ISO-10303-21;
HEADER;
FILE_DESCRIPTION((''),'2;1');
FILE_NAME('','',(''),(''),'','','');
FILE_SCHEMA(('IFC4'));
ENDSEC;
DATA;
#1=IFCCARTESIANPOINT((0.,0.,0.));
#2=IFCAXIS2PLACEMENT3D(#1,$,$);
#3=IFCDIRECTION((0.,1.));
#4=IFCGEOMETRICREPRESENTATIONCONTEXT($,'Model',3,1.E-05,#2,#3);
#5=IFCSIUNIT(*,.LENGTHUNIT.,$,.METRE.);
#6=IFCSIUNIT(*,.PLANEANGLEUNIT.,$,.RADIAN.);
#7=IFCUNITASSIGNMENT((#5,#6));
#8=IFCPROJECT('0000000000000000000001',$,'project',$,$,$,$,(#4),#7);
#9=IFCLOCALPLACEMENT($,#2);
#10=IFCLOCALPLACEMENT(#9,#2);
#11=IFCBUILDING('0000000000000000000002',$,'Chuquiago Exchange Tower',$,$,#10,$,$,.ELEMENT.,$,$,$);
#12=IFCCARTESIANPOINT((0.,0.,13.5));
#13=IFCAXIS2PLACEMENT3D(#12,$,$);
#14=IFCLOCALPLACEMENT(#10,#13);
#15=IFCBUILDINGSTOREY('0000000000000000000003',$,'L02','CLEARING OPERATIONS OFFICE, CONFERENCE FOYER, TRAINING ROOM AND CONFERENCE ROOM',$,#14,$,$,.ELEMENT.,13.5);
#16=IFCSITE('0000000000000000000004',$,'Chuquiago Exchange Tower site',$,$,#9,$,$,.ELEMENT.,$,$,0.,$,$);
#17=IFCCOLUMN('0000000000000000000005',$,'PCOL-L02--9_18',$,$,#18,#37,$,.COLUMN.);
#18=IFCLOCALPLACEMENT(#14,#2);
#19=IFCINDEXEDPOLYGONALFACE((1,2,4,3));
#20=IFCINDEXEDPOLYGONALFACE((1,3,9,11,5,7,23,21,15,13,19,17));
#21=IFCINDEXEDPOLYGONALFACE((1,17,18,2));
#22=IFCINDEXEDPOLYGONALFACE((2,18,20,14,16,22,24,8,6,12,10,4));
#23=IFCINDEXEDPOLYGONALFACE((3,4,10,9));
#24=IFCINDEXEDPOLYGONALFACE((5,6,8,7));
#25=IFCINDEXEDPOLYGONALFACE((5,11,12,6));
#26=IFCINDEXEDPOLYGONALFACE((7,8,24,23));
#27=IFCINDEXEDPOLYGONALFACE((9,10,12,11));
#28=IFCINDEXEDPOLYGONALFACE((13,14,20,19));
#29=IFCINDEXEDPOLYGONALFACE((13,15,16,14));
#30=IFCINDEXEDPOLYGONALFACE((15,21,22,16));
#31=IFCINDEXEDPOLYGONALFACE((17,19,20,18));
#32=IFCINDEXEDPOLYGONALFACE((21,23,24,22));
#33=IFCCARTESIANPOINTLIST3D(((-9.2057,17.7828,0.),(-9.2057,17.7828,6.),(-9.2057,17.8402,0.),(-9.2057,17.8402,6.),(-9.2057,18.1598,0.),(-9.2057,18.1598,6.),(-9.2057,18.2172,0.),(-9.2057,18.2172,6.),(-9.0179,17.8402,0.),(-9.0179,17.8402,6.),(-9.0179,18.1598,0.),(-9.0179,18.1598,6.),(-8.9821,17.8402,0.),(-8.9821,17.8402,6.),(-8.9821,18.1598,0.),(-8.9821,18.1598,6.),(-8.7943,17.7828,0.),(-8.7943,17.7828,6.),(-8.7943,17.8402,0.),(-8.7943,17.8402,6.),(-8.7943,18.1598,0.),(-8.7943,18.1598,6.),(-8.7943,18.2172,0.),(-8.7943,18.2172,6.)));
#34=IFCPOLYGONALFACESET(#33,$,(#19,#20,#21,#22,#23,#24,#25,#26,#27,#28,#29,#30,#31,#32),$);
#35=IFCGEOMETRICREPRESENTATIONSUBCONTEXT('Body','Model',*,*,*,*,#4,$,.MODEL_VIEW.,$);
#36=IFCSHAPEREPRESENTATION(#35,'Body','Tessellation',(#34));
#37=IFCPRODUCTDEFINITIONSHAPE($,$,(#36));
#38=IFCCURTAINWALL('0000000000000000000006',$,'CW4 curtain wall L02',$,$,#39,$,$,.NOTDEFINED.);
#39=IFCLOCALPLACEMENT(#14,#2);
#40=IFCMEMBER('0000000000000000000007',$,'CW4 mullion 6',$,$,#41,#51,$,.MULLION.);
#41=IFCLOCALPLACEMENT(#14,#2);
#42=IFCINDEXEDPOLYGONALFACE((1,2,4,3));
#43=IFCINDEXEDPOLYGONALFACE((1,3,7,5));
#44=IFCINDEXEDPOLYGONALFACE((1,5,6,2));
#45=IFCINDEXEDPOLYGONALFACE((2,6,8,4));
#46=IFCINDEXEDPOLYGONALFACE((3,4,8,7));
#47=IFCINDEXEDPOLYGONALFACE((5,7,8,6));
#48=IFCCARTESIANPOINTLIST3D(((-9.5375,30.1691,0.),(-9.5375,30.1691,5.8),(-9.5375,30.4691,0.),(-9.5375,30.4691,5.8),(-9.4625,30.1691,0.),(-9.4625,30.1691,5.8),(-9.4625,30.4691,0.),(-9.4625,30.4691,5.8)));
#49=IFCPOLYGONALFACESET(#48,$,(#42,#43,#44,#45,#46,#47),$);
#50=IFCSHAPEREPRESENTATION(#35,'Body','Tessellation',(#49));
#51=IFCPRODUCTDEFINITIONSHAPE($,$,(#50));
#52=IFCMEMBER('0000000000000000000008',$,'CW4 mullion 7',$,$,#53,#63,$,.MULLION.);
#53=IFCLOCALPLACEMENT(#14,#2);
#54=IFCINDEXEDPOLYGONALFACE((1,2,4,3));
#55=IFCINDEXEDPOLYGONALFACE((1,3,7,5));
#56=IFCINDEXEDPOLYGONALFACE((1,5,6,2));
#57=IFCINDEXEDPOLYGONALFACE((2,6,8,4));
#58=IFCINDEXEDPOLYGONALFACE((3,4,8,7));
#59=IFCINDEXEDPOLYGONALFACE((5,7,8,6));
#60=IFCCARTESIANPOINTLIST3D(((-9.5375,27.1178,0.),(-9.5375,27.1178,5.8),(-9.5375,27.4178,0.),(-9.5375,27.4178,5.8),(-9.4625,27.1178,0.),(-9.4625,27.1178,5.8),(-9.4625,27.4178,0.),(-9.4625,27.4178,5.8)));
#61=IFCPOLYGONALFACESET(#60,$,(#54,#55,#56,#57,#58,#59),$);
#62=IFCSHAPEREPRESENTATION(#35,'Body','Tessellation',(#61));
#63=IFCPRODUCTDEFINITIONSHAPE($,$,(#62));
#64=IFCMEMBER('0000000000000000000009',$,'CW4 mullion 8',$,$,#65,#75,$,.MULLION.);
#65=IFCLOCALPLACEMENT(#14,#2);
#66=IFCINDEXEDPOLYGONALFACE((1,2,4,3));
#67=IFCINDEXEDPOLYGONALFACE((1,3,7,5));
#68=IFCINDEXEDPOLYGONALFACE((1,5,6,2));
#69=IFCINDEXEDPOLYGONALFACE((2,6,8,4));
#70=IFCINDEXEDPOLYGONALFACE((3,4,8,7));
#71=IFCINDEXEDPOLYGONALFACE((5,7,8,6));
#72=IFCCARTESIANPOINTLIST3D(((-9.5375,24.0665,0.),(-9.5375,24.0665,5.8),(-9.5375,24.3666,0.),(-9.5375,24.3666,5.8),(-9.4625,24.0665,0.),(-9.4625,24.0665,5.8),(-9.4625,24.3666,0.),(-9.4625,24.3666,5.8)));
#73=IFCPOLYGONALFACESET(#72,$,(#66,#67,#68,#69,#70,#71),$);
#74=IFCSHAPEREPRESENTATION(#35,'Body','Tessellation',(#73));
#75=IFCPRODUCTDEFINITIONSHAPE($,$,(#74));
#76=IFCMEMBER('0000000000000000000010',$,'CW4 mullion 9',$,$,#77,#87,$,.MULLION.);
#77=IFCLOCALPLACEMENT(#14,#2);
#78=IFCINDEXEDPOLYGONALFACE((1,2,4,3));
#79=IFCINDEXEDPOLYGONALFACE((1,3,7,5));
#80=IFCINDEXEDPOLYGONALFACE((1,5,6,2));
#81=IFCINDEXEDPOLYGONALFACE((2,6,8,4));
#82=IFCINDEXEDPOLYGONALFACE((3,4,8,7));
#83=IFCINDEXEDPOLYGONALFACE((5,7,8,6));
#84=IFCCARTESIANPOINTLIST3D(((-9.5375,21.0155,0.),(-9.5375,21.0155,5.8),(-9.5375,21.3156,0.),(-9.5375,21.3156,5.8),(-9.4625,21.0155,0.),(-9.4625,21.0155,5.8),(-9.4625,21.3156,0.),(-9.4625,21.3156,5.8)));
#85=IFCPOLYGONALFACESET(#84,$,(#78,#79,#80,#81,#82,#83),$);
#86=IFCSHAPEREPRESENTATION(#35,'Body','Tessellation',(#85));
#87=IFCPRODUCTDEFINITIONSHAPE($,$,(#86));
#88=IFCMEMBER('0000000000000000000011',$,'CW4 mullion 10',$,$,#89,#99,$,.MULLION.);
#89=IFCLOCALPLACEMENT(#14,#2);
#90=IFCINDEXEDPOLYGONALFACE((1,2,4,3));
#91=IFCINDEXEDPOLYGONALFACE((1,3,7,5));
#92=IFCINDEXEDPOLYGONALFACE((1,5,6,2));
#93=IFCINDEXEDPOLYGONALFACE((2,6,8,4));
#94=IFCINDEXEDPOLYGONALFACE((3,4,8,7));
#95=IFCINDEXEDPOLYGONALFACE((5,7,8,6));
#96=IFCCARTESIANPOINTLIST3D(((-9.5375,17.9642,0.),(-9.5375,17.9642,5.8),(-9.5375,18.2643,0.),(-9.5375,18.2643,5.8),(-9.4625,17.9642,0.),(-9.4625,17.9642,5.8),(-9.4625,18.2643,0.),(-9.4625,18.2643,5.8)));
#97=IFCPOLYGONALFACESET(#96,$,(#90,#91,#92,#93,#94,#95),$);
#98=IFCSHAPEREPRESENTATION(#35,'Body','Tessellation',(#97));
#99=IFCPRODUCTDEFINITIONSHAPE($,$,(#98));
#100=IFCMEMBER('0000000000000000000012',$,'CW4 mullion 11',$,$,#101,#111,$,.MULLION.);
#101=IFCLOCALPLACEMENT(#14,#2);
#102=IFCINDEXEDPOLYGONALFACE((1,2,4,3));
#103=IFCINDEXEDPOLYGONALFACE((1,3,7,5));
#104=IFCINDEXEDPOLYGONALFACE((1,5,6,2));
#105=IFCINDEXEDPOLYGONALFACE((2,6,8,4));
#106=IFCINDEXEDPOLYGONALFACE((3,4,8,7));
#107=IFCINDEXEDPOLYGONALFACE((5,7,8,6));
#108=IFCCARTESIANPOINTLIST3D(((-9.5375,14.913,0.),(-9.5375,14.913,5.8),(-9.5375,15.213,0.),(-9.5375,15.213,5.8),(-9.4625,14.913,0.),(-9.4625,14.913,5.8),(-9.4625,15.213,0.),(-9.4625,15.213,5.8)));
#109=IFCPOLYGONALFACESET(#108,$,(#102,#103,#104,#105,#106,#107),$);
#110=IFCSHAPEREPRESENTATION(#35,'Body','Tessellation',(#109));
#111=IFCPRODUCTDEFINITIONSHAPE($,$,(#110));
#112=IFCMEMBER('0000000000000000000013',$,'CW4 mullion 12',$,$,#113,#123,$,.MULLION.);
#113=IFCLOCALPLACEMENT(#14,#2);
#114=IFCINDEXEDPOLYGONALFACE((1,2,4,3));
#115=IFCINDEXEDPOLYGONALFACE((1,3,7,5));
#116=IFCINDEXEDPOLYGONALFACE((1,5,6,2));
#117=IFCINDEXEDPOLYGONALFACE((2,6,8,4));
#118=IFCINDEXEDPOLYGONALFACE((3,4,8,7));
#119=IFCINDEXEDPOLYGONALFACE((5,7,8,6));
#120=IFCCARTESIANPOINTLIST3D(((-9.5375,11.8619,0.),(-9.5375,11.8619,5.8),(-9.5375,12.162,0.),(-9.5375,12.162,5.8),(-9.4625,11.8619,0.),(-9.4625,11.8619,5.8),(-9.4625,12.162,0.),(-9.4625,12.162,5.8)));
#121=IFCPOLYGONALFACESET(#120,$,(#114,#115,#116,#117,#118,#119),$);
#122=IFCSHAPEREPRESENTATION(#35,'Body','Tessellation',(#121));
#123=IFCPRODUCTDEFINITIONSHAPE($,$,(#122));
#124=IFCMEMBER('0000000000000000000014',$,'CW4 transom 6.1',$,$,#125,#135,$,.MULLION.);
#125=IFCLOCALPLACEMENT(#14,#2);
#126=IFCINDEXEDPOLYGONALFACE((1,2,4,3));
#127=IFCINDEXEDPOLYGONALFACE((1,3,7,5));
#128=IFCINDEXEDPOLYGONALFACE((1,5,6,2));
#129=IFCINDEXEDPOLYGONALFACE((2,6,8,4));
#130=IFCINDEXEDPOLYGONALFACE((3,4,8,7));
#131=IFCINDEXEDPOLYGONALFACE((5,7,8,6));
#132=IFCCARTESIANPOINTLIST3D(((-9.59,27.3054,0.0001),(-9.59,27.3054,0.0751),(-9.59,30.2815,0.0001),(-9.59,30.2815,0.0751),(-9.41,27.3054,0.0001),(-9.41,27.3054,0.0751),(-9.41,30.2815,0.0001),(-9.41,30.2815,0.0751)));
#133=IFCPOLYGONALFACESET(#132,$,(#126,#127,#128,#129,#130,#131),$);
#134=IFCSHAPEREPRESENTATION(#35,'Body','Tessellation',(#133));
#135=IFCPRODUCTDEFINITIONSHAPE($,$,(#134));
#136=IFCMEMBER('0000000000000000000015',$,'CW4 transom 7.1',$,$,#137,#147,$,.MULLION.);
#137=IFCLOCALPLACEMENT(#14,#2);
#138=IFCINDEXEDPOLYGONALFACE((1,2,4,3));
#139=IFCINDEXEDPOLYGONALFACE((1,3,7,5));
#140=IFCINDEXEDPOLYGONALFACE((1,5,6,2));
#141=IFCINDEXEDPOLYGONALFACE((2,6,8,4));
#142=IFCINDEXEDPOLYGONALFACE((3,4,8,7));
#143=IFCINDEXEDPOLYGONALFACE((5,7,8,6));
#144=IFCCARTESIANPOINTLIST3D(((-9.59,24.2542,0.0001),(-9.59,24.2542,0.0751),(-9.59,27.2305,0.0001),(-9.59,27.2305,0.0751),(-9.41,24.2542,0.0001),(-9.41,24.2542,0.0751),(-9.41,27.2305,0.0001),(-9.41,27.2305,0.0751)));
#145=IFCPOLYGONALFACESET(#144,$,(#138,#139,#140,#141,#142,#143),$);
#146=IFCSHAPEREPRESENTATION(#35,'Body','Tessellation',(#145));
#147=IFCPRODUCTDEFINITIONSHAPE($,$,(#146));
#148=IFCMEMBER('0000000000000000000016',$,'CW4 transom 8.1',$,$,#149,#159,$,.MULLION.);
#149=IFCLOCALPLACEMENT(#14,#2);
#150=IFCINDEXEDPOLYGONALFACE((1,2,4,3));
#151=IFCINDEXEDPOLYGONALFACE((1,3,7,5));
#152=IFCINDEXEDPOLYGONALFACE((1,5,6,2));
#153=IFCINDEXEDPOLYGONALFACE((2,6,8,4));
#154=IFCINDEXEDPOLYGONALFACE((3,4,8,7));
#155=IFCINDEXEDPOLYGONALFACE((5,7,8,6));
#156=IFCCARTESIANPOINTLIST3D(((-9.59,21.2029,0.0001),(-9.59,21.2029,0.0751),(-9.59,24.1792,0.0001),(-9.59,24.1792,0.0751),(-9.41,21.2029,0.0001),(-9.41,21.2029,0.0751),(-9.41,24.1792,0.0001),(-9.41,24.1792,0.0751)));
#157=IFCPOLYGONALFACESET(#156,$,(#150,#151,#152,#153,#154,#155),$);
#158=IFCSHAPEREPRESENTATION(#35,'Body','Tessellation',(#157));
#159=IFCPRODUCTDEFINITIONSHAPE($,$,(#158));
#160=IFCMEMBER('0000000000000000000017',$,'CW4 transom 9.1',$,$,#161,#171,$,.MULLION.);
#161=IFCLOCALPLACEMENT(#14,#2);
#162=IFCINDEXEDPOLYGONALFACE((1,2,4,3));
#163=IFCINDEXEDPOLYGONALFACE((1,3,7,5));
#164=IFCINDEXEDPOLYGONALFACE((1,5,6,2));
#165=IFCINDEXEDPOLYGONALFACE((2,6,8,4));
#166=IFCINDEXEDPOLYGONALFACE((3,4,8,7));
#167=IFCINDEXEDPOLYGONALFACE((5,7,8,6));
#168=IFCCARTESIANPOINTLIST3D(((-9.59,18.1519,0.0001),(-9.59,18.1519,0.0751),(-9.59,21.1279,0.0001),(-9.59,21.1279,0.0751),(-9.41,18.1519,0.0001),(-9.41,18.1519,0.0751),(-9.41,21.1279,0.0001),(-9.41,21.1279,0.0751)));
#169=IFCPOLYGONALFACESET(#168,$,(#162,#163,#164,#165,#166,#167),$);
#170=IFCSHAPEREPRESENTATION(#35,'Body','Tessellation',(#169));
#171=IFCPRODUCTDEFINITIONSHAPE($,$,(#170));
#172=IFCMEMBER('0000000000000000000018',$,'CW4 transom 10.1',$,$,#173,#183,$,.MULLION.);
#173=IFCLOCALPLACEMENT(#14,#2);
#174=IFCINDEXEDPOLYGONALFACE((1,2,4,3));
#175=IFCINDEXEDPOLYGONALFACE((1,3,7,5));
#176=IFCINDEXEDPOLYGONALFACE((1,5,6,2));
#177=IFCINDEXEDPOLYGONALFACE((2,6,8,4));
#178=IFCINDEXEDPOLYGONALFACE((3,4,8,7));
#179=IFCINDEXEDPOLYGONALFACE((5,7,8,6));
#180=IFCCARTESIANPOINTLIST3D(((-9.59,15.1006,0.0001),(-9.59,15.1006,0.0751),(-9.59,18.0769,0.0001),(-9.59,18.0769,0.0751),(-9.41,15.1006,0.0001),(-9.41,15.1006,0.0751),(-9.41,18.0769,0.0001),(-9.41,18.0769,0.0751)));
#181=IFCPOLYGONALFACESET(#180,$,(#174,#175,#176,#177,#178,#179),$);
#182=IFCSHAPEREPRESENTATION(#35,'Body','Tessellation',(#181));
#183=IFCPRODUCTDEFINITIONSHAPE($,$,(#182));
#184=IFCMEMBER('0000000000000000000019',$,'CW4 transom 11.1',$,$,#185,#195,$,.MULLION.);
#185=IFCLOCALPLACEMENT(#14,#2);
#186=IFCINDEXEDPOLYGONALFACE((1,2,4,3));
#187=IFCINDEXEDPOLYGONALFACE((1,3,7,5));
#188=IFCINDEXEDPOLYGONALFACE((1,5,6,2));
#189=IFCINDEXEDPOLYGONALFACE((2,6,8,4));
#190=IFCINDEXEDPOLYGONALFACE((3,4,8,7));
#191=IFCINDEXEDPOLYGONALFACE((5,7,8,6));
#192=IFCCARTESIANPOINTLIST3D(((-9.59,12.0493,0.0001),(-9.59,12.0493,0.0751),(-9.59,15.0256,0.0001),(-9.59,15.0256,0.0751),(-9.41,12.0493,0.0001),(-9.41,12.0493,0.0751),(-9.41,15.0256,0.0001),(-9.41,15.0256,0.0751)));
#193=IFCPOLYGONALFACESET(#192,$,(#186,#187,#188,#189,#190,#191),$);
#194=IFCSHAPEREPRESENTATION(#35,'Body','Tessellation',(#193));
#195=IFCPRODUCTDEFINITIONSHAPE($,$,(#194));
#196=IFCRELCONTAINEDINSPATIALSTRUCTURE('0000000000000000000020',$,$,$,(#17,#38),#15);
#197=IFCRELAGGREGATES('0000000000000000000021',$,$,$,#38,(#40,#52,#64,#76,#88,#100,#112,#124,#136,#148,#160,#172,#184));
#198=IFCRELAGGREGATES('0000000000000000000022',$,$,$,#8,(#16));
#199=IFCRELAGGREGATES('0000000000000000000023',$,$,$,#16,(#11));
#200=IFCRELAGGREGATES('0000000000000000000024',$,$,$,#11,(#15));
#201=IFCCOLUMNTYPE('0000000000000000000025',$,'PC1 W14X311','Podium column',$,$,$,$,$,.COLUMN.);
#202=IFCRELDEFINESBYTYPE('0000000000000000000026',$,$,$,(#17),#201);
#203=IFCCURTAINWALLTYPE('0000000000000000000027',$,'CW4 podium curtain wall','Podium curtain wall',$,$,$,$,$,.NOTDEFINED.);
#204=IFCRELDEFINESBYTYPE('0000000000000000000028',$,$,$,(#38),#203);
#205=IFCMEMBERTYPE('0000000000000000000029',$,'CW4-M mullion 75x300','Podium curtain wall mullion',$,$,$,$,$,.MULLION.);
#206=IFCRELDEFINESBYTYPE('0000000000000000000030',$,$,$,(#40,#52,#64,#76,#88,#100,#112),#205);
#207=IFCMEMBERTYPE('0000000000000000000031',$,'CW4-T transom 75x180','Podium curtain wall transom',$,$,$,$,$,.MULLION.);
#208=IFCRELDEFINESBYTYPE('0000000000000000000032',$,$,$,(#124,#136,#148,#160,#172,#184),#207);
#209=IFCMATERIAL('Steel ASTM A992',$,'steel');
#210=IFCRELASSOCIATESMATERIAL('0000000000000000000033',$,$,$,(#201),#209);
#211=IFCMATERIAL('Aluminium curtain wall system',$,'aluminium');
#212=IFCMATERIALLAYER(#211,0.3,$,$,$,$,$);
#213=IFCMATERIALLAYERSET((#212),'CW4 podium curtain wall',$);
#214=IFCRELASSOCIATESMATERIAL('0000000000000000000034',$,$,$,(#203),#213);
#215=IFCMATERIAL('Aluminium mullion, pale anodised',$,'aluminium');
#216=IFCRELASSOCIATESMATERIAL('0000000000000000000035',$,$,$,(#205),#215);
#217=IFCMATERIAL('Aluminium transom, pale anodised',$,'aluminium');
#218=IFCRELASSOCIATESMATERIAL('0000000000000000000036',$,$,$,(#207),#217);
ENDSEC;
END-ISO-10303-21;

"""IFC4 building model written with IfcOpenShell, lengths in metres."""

from ifc_helpers import new_model, si_unit, direction, frame, origin, origin_2d, place, context, subcontext, project, spatial, rectangle, i_section, extrude, material, layer, layer_set, material_profile, profile_set, type_object, element, aggregate, save


model = new_model("IFC4")

# Units and contexts
model_context = context("Model", 3, precision=1e-05, world=origin(), true_north=direction((0.0, 1.0)))
body_context = subcontext(model_context, "Body", "Model", "MODEL_VIEW")
ifc_project = project(units=[si_unit("LENGTHUNIT", "METRE"), si_unit("PLANEANGLEUNIT", "RADIAN")], contexts=[model_context])

# Site, building, storey
site_placement = place(None, origin())
site = spatial("IfcSite", under=ifc_project, at=site_placement, Name="Chuquiago Exchange Tower site", CompositionType="ELEMENT", RefElevation=0.0)
building_placement = place(site_placement, origin())
building = spatial("IfcBuilding", under=site, at=building_placement, Name="Chuquiago Exchange Tower", CompositionType="ELEMENT")
storey_placement = place(building_placement, frame((0.0, 0.0, 13.5)))
storey = spatial("IfcBuildingStorey", under=building, at=storey_placement, Name="L02", Description="CLEARING OPERATIONS OFFICE, CONFERENCE FOYER, TRAINING ROOM AND CONFERENCE ROOM", CompositionType="ELEMENT", Elevation=13.5)

# Column
ifc_material_1 = material(Name="Steel ASTM A992", Category="steel")
ifc_material_profile_1 = material_profile(ifc_material_1, i_section(OverallWidth=0.4114, OverallDepth=0.4343, WebThickness=0.0359, FlangeThickness=0.0574, at=origin_2d()), Name="W14X311")
ifc_profile_set_1 = profile_set([ifc_material_profile_1], Name="Steel ASTM A992")
column_type = type_object("IfcColumnType", Name="PC1 W14X311", Description="Podium column", PredefinedType="COLUMN", material=ifc_profile_set_1)
column_placement = place(storey_placement, frame((-9.0, 18.0, 0.0), z_axis=(0.0, 0.0, 1.0), x_axis=(1.0, 0.0, 0.0)))
element("IfcColumn", 1, at=column_placement, inside=storey, type_object=column_type, Name="PCOL-L02--9_18", PredefinedType="COLUMN", context=body_context, shape_type="SweptSolid", body=[
    extrude(i_section(OverallWidth=0.4114, OverallDepth=0.4343, WebThickness=0.0359, FlangeThickness=0.0574, at=origin_2d()), origin(), (0.0, 0.0, 1.0), 6.0),
])

# Curtain wall, members
ifc_material_2 = material(Name="Aluminium curtain wall system", Category="aluminium")
ifc_layer_1 = layer(ifc_material_2, 0.3)
ifc_layer_set_1 = layer_set([ifc_layer_1], Name="CW4 podium curtain wall")
curtain_wall_type = type_object("IfcCurtainWallType", Name="CW4 podium curtain wall", Description="Podium curtain wall", PredefinedType="NOTDEFINED", material=ifc_layer_set_1)
curtain_wall_placement = place(storey_placement, origin())
curtain_wall = element("IfcCurtainWall", 2, at=curtain_wall_placement, inside=storey, type_object=curtain_wall_type, Name="CW4 curtain wall L02", PredefinedType="NOTDEFINED")
ifc_material_3 = material(Name="Aluminium mullion, pale anodised", Category="aluminium")
ifc_material_profile_2 = material_profile(ifc_material_3, rectangle(XDim=0.075, YDim=0.3, at=origin_2d()), Name="AL 75x300")
ifc_profile_set_2 = profile_set([ifc_material_profile_2], Name="Aluminium mullion, pale anodised")
member_type_1 = type_object("IfcMemberType", Name="CW4-M mullion 75x300", Description="Podium curtain wall mullion", PredefinedType="MULLION", material=ifc_profile_set_2)
member_1_placement = place(storey_placement, frame((-9.5, 30.3191, 0.0), z_axis=(0.0, 0.0, 1.0), x_axis=(1.0, 0.0, 0.0)))
member_1 = element("IfcMember", 3, at=member_1_placement, type_object=member_type_1, Name="CW4 mullion 6", PredefinedType="MULLION", context=body_context, shape_type="SweptSolid", body=[
    extrude(rectangle(XDim=0.075, YDim=0.3, at=origin_2d()), origin(), (0.0, 0.0, 1.0), 5.8),
])
member_2_placement = place(storey_placement, frame((-9.5, 27.2678, 0.0), z_axis=(0.0, 0.0, 1.0), x_axis=(1.0, 0.0, 0.0)))
member_2 = element("IfcMember", 4, at=member_2_placement, type_object=member_type_1, Name="CW4 mullion 7", PredefinedType="MULLION", context=body_context, shape_type="SweptSolid", body=[
    extrude(rectangle(XDim=0.075, YDim=0.3, at=origin_2d()), origin(), (0.0, 0.0, 1.0), 5.8),
])
member_3_placement = place(storey_placement, frame((-9.5, 24.2166, 0.0), z_axis=(0.0, 0.0, 1.0), x_axis=(1.0, 0.0, 0.0)))
member_3 = element("IfcMember", 5, at=member_3_placement, type_object=member_type_1, Name="CW4 mullion 8", PredefinedType="MULLION", context=body_context, shape_type="SweptSolid", body=[
    extrude(rectangle(XDim=0.075, YDim=0.3, at=origin_2d()), origin(), (0.0, 0.0, 1.0), 5.8),
])
member_4_placement = place(storey_placement, frame((-9.5, 21.1655, 0.0), z_axis=(0.0, 0.0, 1.0), x_axis=(1.0, 0.0, 0.0)))
member_4 = element("IfcMember", 6, at=member_4_placement, type_object=member_type_1, Name="CW4 mullion 9", PredefinedType="MULLION", context=body_context, shape_type="SweptSolid", body=[
    extrude(rectangle(XDim=0.075, YDim=0.3, at=origin_2d()), origin(), (0.0, 0.0, 1.0), 5.8),
])
member_5_placement = place(storey_placement, frame((-9.5, 18.1143, 0.0), z_axis=(0.0, 0.0, 1.0), x_axis=(1.0, 0.0, 0.0)))
member_5 = element("IfcMember", 7, at=member_5_placement, type_object=member_type_1, Name="CW4 mullion 10", PredefinedType="MULLION", context=body_context, shape_type="SweptSolid", body=[
    extrude(rectangle(XDim=0.075, YDim=0.3, at=origin_2d()), origin(), (0.0, 0.0, 1.0), 5.8),
])
member_6_placement = place(storey_placement, frame((-9.5, 15.063, 0.0), z_axis=(0.0, 0.0, 1.0), x_axis=(1.0, 0.0, 0.0)))
member_6 = element("IfcMember", 8, at=member_6_placement, type_object=member_type_1, Name="CW4 mullion 11", PredefinedType="MULLION", context=body_context, shape_type="SweptSolid", body=[
    extrude(rectangle(XDim=0.075, YDim=0.3, at=origin_2d()), origin(), (0.0, 0.0, 1.0), 5.8),
])
member_7_placement = place(storey_placement, frame((-9.5, 12.012, 0.0), z_axis=(0.0, 0.0, 1.0), x_axis=(1.0, 0.0, 0.0)))
member_7 = element("IfcMember", 9, at=member_7_placement, type_object=member_type_1, Name="CW4 mullion 12", PredefinedType="MULLION", context=body_context, shape_type="SweptSolid", body=[
    extrude(rectangle(XDim=0.075, YDim=0.3, at=origin_2d()), origin(), (0.0, 0.0, 1.0), 5.8),
])
ifc_material_4 = material(Name="Aluminium transom, pale anodised", Category="aluminium")
ifc_material_profile_3 = material_profile(ifc_material_4, rectangle(XDim=0.1799, YDim=0.075, at=origin_2d()), Name="AL 180x75")
ifc_profile_set_3 = profile_set([ifc_material_profile_3], Name="Aluminium transom, pale anodised")
member_type_2 = type_object("IfcMemberType", Name="CW4-T transom 75x180", Description="Podium curtain wall transom", PredefinedType="MULLION", material=ifc_profile_set_3)
member_8_placement = place(storey_placement, frame((-9.5, 30.2815, 0.0376), z_axis=(0.0, -1.0, 0.0), x_axis=(1.0, 0.0, 0.0)))
member_8 = element("IfcMember", 10, at=member_8_placement, type_object=member_type_2, Name="CW4 transom 6.1", PredefinedType="MULLION", context=body_context, shape_type="SweptSolid", body=[
    extrude(rectangle(XDim=0.1799, YDim=0.075, at=origin_2d()), origin(), (0.0, 0.0, 1.0), 2.9761),
])
member_9_placement = place(storey_placement, frame((-9.5, 27.2305, 0.0376), z_axis=(0.0, -1.0, 0.0), x_axis=(1.0, 0.0, 0.0)))
member_9 = element("IfcMember", 11, at=member_9_placement, type_object=member_type_2, Name="CW4 transom 7.1", PredefinedType="MULLION", context=body_context, shape_type="SweptSolid", body=[
    extrude(rectangle(XDim=0.1799, YDim=0.075, at=origin_2d()), origin(), (0.0, 0.0, 1.0), 2.9763),
])
member_10_placement = place(storey_placement, frame((-9.5, 24.1792, 0.0376), z_axis=(0.0, -1.0, 0.0), x_axis=(1.0, 0.0, 0.0)))
member_10 = element("IfcMember", 12, at=member_10_placement, type_object=member_type_2, Name="CW4 transom 8.1", PredefinedType="MULLION", context=body_context, shape_type="SweptSolid", body=[
    extrude(rectangle(XDim=0.1799, YDim=0.075, at=origin_2d()), origin(), (0.0, 0.0, 1.0), 2.9763),
])
member_11_placement = place(storey_placement, frame((-9.5, 21.1279, 0.0376), z_axis=(0.0, -1.0, 0.0), x_axis=(1.0, 0.0, 0.0)))
member_11 = element("IfcMember", 13, at=member_11_placement, type_object=member_type_2, Name="CW4 transom 9.1", PredefinedType="MULLION", context=body_context, shape_type="SweptSolid", body=[
    extrude(rectangle(XDim=0.1799, YDim=0.075, at=origin_2d()), origin(), (0.0, 0.0, 1.0), 2.9761),
])
member_12_placement = place(storey_placement, frame((-9.5, 18.0769, 0.0376), z_axis=(0.0, -1.0, 0.0), x_axis=(1.0, 0.0, 0.0)))
member_12 = element("IfcMember", 14, at=member_12_placement, type_object=member_type_2, Name="CW4 transom 10.1", PredefinedType="MULLION", context=body_context, shape_type="SweptSolid", body=[
    extrude(rectangle(XDim=0.1799, YDim=0.075, at=origin_2d()), origin(), (0.0, 0.0, 1.0), 2.9763),
])
member_13_placement = place(storey_placement, frame((-9.5, 15.0256, 0.0376), z_axis=(0.0, -1.0, 0.0), x_axis=(1.0, 0.0, 0.0)))
member_13 = element("IfcMember", 15, at=member_13_placement, type_object=member_type_2, Name="CW4 transom 11.1", PredefinedType="MULLION", context=body_context, shape_type="SweptSolid", body=[
    extrude(rectangle(XDim=0.1799, YDim=0.075, at=origin_2d()), origin(), (0.0, 0.0, 1.0), 2.9763),
])

aggregate(curtain_wall, [member_1, member_2, member_3, member_4, member_5, member_6, member_7, member_8, member_9, member_10, member_11, member_12, member_13])

save(model, "model.ifc")
